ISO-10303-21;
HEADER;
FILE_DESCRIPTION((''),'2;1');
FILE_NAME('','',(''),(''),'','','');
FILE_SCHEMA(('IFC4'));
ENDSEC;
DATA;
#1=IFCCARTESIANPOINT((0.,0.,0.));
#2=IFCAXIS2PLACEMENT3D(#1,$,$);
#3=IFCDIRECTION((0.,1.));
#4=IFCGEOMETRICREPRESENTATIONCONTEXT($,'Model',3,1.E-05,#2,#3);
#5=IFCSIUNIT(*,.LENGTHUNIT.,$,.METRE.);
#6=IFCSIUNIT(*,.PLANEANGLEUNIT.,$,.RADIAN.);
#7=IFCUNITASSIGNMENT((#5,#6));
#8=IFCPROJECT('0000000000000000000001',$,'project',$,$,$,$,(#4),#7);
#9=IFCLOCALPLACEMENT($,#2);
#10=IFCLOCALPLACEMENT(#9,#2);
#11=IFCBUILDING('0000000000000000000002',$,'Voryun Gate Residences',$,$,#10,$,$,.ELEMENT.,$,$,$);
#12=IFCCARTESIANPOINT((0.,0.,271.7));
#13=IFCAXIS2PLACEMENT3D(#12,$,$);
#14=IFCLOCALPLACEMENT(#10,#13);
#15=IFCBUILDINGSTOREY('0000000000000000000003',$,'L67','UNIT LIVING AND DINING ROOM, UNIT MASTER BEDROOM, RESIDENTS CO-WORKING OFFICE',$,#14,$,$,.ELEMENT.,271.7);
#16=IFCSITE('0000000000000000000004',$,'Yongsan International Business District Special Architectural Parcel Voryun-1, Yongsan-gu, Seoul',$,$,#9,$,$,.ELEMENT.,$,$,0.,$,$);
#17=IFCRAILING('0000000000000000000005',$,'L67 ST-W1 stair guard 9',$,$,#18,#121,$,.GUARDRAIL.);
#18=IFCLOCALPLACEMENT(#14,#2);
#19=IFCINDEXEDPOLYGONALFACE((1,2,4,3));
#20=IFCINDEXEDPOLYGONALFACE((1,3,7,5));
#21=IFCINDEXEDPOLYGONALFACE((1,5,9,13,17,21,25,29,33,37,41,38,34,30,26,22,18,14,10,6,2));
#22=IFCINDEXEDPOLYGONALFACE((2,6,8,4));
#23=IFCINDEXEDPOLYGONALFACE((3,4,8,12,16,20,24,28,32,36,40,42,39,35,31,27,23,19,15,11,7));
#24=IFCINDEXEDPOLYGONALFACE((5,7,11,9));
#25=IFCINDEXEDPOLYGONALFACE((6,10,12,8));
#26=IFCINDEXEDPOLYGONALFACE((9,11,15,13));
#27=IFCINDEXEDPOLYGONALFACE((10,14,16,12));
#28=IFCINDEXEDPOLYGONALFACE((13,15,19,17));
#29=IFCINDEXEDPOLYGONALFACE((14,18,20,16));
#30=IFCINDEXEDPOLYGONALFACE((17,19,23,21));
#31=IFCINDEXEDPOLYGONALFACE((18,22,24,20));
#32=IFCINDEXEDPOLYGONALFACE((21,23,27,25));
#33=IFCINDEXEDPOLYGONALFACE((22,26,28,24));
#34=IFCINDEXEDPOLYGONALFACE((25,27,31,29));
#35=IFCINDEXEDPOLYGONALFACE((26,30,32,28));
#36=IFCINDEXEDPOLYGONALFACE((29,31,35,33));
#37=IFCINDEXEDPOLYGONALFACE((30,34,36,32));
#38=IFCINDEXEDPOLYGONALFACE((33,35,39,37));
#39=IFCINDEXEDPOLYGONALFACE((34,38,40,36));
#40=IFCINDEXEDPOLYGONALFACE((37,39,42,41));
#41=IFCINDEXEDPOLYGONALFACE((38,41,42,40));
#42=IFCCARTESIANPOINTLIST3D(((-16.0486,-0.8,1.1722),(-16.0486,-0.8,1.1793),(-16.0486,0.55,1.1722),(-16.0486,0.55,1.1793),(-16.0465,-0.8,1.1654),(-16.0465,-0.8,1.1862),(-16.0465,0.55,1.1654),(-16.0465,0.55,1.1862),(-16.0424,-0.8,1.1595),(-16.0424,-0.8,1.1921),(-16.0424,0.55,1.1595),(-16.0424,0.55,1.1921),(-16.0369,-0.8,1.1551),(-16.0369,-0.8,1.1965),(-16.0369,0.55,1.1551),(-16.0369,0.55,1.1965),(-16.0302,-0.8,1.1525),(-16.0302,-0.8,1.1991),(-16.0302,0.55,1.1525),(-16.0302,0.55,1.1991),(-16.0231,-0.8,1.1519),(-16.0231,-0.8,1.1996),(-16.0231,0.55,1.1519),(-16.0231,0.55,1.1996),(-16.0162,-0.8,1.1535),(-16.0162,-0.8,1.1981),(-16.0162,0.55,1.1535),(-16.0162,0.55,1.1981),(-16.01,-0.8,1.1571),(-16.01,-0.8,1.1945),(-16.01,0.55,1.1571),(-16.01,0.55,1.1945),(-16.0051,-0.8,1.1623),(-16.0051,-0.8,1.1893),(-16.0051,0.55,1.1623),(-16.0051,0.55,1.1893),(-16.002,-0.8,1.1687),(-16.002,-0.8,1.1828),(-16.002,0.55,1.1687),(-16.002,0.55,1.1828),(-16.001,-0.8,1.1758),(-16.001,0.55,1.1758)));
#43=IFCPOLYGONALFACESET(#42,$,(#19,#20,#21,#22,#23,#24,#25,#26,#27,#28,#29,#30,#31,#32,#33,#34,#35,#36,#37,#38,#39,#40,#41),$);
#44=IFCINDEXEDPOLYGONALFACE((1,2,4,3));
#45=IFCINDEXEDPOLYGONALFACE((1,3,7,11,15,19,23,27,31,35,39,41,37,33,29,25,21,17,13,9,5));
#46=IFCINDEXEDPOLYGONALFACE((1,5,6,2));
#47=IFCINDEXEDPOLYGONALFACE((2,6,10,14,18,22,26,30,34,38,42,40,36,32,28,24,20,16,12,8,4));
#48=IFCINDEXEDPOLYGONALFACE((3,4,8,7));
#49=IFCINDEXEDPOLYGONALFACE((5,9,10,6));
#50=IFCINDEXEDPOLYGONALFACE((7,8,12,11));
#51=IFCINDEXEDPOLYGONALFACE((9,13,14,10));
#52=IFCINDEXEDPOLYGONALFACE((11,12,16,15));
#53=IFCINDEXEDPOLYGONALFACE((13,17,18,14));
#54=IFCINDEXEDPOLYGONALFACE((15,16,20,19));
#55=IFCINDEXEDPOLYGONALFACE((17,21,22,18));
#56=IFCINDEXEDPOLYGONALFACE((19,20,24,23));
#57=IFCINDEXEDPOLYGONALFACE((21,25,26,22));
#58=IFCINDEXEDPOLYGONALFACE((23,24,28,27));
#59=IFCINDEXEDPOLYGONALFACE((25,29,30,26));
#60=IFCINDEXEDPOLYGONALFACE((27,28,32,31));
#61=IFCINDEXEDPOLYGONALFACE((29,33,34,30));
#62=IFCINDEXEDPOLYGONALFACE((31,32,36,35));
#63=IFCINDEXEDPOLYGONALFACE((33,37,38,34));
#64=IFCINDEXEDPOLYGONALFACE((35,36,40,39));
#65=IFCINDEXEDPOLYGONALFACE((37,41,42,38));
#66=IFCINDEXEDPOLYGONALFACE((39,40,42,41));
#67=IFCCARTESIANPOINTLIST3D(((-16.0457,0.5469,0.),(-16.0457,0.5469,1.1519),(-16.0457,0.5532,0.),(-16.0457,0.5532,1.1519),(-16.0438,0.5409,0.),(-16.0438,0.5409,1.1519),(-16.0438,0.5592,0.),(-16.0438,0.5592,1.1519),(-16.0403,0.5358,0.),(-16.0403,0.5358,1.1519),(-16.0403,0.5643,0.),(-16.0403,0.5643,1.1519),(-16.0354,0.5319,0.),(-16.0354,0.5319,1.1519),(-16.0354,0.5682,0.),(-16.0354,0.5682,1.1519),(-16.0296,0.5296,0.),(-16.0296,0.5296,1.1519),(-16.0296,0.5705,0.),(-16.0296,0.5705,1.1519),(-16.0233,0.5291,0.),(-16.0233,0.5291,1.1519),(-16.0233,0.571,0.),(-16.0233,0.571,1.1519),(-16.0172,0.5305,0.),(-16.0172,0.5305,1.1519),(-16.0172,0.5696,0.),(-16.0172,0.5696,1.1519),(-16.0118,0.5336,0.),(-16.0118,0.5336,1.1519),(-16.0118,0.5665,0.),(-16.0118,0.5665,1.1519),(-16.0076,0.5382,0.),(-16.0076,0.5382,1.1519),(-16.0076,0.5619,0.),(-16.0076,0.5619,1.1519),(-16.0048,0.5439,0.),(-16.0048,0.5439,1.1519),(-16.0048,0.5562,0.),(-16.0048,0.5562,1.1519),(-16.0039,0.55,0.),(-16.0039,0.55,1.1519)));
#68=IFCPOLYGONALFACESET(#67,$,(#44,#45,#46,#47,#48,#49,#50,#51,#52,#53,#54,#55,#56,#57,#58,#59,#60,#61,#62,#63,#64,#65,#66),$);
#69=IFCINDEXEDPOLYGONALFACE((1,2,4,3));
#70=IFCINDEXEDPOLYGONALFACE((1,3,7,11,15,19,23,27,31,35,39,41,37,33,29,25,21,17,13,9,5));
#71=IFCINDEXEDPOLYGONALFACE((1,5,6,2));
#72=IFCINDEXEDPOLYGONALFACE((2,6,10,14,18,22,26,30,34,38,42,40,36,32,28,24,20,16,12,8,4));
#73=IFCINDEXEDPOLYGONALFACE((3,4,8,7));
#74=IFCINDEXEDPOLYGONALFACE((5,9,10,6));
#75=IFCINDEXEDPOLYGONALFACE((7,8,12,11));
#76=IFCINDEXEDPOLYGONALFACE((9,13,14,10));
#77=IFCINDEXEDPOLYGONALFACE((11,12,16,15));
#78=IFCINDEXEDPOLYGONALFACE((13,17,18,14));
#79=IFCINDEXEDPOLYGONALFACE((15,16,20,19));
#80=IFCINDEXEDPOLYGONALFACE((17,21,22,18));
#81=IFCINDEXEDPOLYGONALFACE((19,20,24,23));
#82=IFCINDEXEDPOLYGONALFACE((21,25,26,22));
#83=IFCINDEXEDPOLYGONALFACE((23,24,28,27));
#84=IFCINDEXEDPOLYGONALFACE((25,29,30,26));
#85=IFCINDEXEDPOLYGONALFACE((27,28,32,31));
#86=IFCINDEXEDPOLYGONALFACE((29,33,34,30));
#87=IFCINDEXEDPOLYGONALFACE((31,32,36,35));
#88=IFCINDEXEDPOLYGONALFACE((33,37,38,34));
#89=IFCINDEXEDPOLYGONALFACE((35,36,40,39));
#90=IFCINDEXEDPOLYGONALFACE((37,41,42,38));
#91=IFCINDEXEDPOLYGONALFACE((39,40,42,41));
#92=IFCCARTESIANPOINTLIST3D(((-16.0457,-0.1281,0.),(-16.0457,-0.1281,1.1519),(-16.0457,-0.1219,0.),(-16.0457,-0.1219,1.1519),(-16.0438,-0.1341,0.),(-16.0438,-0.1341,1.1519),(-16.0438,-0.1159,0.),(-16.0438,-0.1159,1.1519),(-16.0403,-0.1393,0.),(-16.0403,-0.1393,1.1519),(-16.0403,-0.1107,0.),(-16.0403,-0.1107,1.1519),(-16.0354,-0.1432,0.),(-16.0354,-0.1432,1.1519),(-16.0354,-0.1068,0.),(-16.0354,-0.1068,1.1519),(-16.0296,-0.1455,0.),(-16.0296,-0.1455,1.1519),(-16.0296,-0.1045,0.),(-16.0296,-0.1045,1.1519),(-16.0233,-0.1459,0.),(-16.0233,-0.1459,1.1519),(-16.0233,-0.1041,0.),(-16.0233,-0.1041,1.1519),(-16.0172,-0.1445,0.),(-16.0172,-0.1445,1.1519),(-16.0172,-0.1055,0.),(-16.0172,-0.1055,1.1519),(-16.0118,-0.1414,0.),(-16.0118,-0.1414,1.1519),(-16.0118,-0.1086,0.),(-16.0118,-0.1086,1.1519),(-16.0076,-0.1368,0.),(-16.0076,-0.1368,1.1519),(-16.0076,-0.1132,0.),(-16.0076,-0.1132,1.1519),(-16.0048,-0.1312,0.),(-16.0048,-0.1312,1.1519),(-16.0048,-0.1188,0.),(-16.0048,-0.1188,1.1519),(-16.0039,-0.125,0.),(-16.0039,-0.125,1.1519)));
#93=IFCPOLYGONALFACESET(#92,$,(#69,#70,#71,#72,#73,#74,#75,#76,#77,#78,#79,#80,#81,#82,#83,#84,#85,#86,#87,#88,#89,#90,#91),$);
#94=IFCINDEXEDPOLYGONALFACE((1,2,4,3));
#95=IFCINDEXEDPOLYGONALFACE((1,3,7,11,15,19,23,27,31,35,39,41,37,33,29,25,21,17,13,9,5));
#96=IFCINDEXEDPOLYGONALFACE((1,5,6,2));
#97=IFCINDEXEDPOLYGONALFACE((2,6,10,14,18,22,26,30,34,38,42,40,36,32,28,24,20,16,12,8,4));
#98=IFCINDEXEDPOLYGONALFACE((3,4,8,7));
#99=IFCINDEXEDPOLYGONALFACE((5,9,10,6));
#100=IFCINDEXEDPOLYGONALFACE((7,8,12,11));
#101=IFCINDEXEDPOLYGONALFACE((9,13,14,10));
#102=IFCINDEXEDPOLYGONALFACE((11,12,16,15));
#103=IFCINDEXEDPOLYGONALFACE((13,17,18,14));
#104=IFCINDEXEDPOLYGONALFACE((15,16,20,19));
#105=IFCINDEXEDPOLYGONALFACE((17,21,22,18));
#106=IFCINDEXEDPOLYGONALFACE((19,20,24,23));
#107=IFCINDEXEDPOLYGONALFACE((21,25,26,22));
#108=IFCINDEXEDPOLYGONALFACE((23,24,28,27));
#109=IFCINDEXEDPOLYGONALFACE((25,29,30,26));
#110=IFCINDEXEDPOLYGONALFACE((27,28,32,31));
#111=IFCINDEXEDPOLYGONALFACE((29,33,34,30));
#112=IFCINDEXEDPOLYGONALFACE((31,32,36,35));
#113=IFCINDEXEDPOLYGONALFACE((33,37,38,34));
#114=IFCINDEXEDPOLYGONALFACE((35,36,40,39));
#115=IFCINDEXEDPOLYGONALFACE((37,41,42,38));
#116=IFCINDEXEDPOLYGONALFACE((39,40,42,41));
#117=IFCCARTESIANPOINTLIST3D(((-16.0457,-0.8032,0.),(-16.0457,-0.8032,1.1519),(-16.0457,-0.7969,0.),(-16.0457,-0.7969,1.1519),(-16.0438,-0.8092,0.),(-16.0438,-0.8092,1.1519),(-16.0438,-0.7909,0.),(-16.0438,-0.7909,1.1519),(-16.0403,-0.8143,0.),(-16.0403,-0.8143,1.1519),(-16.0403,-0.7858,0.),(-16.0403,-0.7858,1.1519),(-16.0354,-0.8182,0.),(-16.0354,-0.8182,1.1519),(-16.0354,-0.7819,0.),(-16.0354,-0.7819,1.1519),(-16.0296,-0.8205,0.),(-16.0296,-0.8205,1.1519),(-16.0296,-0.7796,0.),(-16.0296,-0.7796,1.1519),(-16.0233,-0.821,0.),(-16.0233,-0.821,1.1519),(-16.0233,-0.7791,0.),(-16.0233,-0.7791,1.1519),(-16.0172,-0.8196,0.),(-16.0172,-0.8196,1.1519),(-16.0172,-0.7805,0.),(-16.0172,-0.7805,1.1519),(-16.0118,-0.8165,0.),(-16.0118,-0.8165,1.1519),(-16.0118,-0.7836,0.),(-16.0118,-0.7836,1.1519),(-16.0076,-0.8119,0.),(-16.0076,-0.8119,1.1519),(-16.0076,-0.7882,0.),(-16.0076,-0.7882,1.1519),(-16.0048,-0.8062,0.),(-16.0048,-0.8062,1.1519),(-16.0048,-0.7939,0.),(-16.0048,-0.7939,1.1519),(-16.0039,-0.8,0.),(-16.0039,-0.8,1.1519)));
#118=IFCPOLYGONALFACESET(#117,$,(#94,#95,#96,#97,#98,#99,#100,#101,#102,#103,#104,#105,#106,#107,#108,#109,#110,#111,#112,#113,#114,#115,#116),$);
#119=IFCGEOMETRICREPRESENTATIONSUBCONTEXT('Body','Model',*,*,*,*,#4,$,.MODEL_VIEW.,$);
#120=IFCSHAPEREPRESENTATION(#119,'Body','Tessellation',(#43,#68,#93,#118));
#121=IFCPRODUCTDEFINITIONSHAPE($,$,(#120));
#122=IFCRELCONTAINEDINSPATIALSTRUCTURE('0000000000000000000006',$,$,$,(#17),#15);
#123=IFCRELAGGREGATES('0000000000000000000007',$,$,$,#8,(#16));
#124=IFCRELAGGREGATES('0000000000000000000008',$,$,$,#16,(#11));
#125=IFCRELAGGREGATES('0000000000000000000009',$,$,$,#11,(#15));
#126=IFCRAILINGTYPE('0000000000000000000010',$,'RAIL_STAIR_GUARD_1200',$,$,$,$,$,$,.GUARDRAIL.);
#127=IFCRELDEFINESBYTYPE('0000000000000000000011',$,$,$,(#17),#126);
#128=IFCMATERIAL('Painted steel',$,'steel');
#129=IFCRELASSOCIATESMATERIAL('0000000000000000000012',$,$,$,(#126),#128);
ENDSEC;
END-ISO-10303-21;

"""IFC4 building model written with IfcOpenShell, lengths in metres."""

from ifc_helpers import new_model, si_unit, direction, frame, origin, origin_2d, place, context, subcontext, project, spatial, circle, extrude, material, type_object, element, save


model = new_model("IFC4")

# Units and contexts
model_context = context("Model", 3, precision=1e-05, world=origin(), true_north=direction((0.0, 1.0)))
body_context = subcontext(model_context, "Body", "Model", "MODEL_VIEW")
ifc_project = project(units=[si_unit("LENGTHUNIT", "METRE"), si_unit("PLANEANGLEUNIT", "RADIAN")], contexts=[model_context])

# Site, building, storey
site_placement = place(None, origin())
site = spatial("IfcSite", under=ifc_project, at=site_placement, Name="Yongsan International Business District Special Architectural Parcel Voryun-1, Yongsan-gu, Seoul", CompositionType="ELEMENT", RefElevation=0.0)
building_placement = place(site_placement, origin())
building = spatial("IfcBuilding", under=site, at=building_placement, Name="Voryun Gate Residences", CompositionType="ELEMENT")
storey_placement = place(building_placement, frame((0.0, 0.0, 271.7)))
storey = spatial("IfcBuildingStorey", under=building, at=storey_placement, Name="L67", Description="UNIT LIVING AND DINING ROOM, UNIT MASTER BEDROOM, RESIDENTS CO-WORKING OFFICE", CompositionType="ELEMENT", Elevation=271.7)

# Railing
ifc_material_1 = material(Name="Painted steel", Category="steel")
railing_type = type_object("IfcRailingType", Name="RAIL_STAIR_GUARD_1200", PredefinedType="GUARDRAIL", material=ifc_material_1)
for number, where, name in (
    (1, (-16.0249, 0.55, 0.0), "L67 ST-W1 stair guard 9"),
):
    element("IfcRailing", number, at=place(storey_placement, frame(where)), inside=storey, type_object=railing_type, Name=name, PredefinedType="GUARDRAIL", context=body_context, shape_type="SweptSolid", body=[
        extrude(circle(Radius=0.0239, at=origin_2d()), frame((0.0, 0.0, 1.1758), z_axis=(0.0, -1.0, 0.0), x_axis=(1.0, 0.0, 0.0)), (0.0, 0.0, 1.0), 1.3501),
        extrude(circle(Radius=0.021, at=origin_2d()), origin(), (0.0, 0.0, 1.0), 1.1519),
        extrude(circle(Radius=0.021, at=origin_2d()), frame((0.0, -0.675, 0.0)), (0.0, 0.0, 1.0), 1.1519),
        extrude(circle(Radius=0.021, at=origin_2d()), frame((0.0, -1.3501, 0.0)), (0.0, 0.0, 1.0), 1.1519),
    ])

save(model, "model.ifc")
